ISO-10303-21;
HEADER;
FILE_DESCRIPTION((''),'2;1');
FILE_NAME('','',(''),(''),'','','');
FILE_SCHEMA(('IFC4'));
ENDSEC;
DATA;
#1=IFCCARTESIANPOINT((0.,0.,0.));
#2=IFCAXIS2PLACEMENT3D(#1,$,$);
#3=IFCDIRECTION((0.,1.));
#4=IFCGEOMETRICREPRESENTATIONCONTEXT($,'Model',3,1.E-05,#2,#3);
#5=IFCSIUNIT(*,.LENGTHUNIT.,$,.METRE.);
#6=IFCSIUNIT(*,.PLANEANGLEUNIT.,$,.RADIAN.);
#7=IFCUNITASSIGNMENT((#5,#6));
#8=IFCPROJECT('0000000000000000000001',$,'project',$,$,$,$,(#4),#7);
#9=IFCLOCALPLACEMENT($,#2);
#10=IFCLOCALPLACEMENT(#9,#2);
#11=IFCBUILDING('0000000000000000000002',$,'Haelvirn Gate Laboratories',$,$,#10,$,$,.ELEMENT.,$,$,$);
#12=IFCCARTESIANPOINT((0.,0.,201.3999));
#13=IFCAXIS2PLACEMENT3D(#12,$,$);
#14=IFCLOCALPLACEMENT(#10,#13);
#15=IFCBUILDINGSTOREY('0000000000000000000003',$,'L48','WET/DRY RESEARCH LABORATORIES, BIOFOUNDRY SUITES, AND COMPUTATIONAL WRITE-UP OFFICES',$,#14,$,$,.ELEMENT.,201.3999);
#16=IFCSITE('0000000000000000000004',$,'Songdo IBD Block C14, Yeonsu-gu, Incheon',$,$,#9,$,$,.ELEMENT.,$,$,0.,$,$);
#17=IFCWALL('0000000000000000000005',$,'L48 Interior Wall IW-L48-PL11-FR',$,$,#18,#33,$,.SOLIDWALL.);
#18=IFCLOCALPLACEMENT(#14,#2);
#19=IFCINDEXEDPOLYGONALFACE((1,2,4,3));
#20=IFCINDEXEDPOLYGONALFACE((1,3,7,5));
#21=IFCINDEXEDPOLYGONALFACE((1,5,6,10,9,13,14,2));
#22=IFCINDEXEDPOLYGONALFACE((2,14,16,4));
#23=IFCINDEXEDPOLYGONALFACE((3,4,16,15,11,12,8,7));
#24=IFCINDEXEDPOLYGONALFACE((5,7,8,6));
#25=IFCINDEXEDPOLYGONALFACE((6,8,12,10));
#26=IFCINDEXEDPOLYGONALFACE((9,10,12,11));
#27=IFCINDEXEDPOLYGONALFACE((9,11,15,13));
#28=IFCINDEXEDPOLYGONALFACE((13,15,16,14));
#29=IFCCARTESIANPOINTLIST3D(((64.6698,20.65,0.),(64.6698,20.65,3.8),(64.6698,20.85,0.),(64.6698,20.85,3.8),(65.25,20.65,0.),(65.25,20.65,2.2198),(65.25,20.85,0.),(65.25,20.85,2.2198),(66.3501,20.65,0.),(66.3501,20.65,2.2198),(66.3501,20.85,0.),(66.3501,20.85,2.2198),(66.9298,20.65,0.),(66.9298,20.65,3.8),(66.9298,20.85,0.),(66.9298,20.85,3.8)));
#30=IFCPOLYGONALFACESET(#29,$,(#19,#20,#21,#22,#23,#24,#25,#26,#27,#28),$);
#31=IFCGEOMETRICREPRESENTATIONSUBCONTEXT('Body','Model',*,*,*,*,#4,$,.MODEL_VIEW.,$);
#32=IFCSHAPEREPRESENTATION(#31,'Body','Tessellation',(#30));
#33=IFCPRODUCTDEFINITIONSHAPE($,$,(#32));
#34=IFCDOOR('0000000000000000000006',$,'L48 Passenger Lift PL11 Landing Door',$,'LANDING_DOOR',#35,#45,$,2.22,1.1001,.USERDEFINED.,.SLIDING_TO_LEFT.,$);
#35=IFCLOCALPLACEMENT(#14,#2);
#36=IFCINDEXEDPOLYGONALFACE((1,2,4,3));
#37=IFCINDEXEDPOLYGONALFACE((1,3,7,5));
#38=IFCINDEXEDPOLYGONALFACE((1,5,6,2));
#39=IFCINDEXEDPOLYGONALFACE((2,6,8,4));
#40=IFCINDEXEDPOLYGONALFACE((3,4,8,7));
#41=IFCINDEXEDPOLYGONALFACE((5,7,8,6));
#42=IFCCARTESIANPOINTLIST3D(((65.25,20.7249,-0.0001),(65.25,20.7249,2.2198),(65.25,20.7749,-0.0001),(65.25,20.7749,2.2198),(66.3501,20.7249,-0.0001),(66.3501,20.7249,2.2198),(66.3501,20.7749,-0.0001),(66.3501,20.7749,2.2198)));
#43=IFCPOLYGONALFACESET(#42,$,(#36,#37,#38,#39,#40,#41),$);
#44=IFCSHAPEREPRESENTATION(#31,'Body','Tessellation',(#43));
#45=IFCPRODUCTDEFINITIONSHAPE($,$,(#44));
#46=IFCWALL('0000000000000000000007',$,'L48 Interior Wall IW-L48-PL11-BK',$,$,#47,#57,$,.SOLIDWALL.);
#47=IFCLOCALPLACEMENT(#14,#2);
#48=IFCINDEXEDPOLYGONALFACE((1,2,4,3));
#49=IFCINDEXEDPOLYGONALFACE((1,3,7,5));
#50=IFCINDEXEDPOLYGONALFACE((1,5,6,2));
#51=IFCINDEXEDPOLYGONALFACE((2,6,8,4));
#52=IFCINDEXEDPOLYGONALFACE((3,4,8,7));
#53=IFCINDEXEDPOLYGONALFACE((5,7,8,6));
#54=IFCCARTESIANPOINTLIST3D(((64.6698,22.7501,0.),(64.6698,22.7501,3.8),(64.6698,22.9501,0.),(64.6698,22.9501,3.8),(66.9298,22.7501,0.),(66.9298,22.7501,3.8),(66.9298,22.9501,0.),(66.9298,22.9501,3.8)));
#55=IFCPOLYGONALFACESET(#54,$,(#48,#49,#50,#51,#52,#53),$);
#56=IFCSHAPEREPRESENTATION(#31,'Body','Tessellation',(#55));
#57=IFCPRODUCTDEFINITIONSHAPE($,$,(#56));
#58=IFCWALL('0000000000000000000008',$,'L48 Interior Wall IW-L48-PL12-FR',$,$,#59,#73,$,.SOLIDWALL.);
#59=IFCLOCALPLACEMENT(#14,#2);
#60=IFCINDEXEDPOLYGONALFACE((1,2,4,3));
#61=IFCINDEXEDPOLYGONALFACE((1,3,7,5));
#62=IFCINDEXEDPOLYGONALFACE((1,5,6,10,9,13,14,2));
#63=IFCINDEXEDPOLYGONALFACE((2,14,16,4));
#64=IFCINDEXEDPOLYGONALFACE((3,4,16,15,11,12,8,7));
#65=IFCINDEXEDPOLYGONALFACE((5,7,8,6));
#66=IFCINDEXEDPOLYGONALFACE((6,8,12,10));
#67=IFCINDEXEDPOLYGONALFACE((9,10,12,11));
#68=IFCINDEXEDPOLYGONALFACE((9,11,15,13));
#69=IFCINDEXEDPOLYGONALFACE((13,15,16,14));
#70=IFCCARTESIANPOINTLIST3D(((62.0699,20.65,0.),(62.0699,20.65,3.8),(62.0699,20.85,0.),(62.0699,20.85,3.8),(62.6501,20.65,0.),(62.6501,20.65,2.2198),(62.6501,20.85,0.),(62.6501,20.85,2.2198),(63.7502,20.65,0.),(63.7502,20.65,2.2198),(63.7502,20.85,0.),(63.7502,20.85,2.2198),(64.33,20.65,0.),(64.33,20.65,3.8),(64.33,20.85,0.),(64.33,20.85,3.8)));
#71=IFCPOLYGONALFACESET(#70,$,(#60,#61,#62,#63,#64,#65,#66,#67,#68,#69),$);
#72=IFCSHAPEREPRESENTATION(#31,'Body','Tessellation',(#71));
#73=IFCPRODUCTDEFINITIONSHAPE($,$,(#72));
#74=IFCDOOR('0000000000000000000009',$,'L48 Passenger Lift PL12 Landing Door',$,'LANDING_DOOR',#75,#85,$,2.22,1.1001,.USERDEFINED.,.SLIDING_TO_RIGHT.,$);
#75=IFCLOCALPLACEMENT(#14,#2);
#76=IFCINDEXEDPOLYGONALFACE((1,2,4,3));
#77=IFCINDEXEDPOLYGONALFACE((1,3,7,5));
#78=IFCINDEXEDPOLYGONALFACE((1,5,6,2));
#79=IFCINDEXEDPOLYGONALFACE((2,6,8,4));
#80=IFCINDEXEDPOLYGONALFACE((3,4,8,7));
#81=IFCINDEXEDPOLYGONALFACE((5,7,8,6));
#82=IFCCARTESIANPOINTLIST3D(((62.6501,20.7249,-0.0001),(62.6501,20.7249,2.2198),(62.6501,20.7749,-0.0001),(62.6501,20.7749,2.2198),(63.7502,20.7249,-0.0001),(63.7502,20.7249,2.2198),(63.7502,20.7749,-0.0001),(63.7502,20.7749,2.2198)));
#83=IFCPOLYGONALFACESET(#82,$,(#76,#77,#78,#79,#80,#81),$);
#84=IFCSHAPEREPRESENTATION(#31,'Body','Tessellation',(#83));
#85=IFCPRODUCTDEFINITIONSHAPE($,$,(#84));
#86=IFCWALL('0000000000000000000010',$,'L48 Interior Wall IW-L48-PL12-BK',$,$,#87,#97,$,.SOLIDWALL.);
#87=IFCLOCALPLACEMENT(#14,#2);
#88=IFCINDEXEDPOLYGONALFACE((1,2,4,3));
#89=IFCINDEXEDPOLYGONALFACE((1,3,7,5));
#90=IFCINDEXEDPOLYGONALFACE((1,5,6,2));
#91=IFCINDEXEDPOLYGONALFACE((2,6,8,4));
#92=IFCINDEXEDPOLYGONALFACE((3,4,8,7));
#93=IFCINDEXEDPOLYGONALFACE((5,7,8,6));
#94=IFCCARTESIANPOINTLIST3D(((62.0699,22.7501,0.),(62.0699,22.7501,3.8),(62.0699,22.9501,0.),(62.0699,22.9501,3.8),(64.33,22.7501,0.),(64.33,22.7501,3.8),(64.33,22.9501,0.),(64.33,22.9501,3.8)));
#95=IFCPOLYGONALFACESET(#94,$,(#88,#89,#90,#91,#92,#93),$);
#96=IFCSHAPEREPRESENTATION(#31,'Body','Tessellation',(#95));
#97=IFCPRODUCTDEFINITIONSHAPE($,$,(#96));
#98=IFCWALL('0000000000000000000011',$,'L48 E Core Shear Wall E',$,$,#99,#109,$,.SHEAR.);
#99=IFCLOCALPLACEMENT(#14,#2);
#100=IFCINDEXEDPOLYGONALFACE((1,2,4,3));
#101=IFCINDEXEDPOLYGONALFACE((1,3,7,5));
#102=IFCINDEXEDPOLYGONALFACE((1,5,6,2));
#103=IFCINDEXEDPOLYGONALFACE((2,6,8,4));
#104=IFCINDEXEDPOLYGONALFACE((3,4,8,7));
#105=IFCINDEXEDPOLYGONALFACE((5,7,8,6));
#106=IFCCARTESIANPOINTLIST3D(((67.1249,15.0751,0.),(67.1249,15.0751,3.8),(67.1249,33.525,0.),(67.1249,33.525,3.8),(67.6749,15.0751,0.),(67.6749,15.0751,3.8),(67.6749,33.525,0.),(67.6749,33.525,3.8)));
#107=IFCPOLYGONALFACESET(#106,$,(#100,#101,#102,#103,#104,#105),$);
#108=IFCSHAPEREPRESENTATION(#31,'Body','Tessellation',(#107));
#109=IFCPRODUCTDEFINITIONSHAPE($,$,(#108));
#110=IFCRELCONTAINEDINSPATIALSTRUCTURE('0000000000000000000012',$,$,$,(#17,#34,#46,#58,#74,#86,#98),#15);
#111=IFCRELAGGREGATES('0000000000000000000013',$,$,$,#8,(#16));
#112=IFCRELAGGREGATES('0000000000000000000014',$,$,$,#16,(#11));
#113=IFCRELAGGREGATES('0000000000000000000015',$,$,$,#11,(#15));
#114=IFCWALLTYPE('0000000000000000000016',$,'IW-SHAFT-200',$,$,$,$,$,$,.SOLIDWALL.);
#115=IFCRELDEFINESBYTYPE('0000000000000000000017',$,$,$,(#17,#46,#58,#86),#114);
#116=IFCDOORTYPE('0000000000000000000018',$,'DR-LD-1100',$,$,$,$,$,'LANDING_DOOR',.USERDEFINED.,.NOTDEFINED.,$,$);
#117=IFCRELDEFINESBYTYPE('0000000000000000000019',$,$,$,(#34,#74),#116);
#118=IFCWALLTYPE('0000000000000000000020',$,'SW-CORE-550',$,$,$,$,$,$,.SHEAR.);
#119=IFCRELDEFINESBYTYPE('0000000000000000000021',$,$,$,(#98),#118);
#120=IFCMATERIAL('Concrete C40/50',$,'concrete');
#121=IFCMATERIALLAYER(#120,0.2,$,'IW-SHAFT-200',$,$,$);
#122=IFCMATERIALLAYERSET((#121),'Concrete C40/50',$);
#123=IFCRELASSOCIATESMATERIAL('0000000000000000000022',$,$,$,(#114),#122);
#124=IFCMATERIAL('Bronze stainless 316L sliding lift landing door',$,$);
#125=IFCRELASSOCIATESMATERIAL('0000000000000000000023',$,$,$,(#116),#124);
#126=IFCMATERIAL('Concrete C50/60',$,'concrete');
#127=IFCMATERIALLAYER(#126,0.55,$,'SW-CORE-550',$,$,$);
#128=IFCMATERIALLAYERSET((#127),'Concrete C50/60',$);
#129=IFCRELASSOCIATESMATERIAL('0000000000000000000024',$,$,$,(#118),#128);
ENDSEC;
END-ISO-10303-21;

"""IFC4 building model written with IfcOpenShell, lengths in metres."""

from ifc_helpers import new_model, si_unit, direction, frame, frame_2d, origin, place, context, subcontext, project, spatial, rectangle, extrude, source, transform, mapped, material, layer, layer_set, type_object, type_shapes, element, fill, save


model = new_model("IFC4")

# Units and contexts
model_context = context("Model", 3, precision=1e-05, world=origin(), true_north=direction((0.0, 1.0)))
body_context = subcontext(model_context, "Body", "Model", "MODEL_VIEW")
ifc_project = project(units=[si_unit("LENGTHUNIT", "METRE"), si_unit("PLANEANGLEUNIT", "RADIAN")], contexts=[model_context])

# Site, building, storey
site_placement = place(None, origin())
site = spatial("IfcSite", under=ifc_project, at=site_placement, Name="Songdo IBD Block C14, Yeonsu-gu, Incheon", CompositionType="ELEMENT", RefElevation=0.0)
building_placement = place(site_placement, origin())
building = spatial("IfcBuilding", under=site, at=building_placement, Name="Haelvirn Gate Laboratories", CompositionType="ELEMENT")
storey_placement = place(building_placement, frame((0.0, 0.0, 201.3999)))
storey = spatial("IfcBuildingStorey", under=building, at=storey_placement, Name="L48", Description="WET/DRY RESEARCH LABORATORIES, BIOFOUNDRY SUITES, AND COMPUTATIONAL WRITE-UP OFFICES", CompositionType="ELEMENT", Elevation=201.3999)

# Shared definitions
ifc_material_1 = material(Name="Concrete C50/60", Category="concrete")

# Shared definitions
ifc_material_2 = material(Name="Concrete C40/50", Category="concrete")

# Shared definitions
ifc_layer_1 = layer(ifc_material_2, 0.2, Name="IW-SHAFT-200")
ifc_layer_set_1 = layer_set([ifc_layer_1], Name="Concrete C40/50")
wall_type_1 = type_object("IfcWallType", Name="IW-SHAFT-200", PredefinedType="SOLIDWALL", material=ifc_layer_set_1)

# Wall, opening, door
wall_1_placement = place(storey_placement, frame((64.6699, 20.75, 0.0), z_axis=(0.0, 0.0, 1.0), x_axis=(1.0, 0.0, 0.0)))
wall_1 = element("IfcWall", 1, at=wall_1_placement, inside=storey, type_object=wall_type_1, Name="L48 Interior Wall IW-L48-PL11-FR", PredefinedType="SOLIDWALL", context=body_context, shape_type="SweptSolid", body=[
    extrude(rectangle(XDim=2.26, YDim=0.2, at=frame_2d((1.1299, 0.0))), origin(), (0.0, 0.0, 1.0), 3.8),
])
opening_1_placement = place(wall_1_placement, frame((0.5801, 0.0, 0.0)))
opening_1 = element("IfcOpeningElement", 2, at=opening_1_placement, cuts=wall_1, PredefinedType="OPENING", context=body_context, shape_type="SweptSolid", body=[
    extrude(rectangle(XDim=1.1001, YDim=2.22, at=frame_2d((0.55, 1.1099))), frame((0.0, 0.1099, 0.0), z_axis=(0.0, -1.0, 0.0), x_axis=(1.0, 0.0, 0.0)), (0.0, 0.0, 1.0), 0.22),
])
ifc_material_3 = material(Name="Bronze stainless 316L sliding lift landing door")
door_type_1 = type_object("IfcDoorType", Name="DR-LD-1100", ElementType="LANDING_DOOR", OperationType="NOTDEFINED", PredefinedType="USERDEFINED", material=ifc_material_3)
shared_shape_1 = source(origin(), body_context, "Body", "SweptSolid", [
    extrude(rectangle(XDim=1.1001, YDim=2.22, at=frame_2d((0.55, 1.1099))), frame((0.0, 0.0249, 0.0), z_axis=(0.0, -1.0, 0.0), x_axis=(1.0, 0.0, 0.0)), (0.0, 0.0, 1.0), 0.05),
])
type_shapes(door_type_1, [shared_shape_1])
door_1_placement = place(opening_1_placement, origin())
door_1 = element("IfcDoor", 3, at=door_1_placement, inside=storey, type_object=door_type_1, Name="L48 Passenger Lift PL11 Landing Door", ObjectType="LANDING_DOOR", OperationType="SLIDING_TO_LEFT", OverallHeight=2.22, OverallWidth=1.1001, PredefinedType="USERDEFINED", context=body_context, shape_type="MappedRepresentation", body=[
    mapped(shared_shape_1, transform((0.0, 0.0, 0.0), scale=1.0)),
])
fill(opening_1, door_1)

# Wall
wall_2_placement = place(storey_placement, frame((64.6699, 22.8501, 0.0), z_axis=(0.0, 0.0, 1.0), x_axis=(1.0, 0.0, 0.0)))
element("IfcWall", 4, at=wall_2_placement, inside=storey, type_object=wall_type_1, Name="L48 Interior Wall IW-L48-PL11-BK", PredefinedType="SOLIDWALL", context=body_context, shape_type="SweptSolid", body=[
    extrude(rectangle(XDim=2.26, YDim=0.2, at=frame_2d((1.1299, 0.0))), origin(), (0.0, 0.0, 1.0), 3.8),
])

# Wall, opening, door
wall_3_placement = place(storey_placement, frame((62.0701, 20.75, 0.0), z_axis=(0.0, 0.0, 1.0), x_axis=(1.0, 0.0, 0.0)))
wall_3 = element("IfcWall", 5, at=wall_3_placement, inside=storey, type_object=wall_type_1, Name="L48 Interior Wall IW-L48-PL12-FR", PredefinedType="SOLIDWALL", context=body_context, shape_type="SweptSolid", body=[
    extrude(rectangle(XDim=2.26, YDim=0.2, at=frame_2d((1.1299, 0.0))), origin(), (0.0, 0.0, 1.0), 3.8),
])
opening_2_placement = place(wall_3_placement, frame((0.5801, 0.0, 0.0)))
opening_2 = element("IfcOpeningElement", 6, at=opening_2_placement, cuts=wall_3, PredefinedType="OPENING", context=body_context, shape_type="SweptSolid", body=[
    extrude(rectangle(XDim=1.1001, YDim=2.22, at=frame_2d((0.55, 1.1099))), frame((0.0, 0.1099, 0.0), z_axis=(0.0, -1.0, 0.0), x_axis=(1.0, 0.0, 0.0)), (0.0, 0.0, 1.0), 0.22),
])
door_2_placement = place(opening_2_placement, origin())
door_2 = element("IfcDoor", 7, at=door_2_placement, inside=storey, type_object=door_type_1, Name="L48 Passenger Lift PL12 Landing Door", ObjectType="LANDING_DOOR", OperationType="SLIDING_TO_RIGHT", OverallHeight=2.22, OverallWidth=1.1001, PredefinedType="USERDEFINED", context=body_context, shape_type="MappedRepresentation", body=[
    mapped(shared_shape_1, transform((0.0, 0.0, 0.0), scale=1.0)),
])
fill(opening_2, door_2)

# Walls
wall_4_placement = place(storey_placement, frame((62.0701, 22.8501, 0.0), z_axis=(0.0, 0.0, 1.0), x_axis=(1.0, 0.0, 0.0)))
element("IfcWall", 8, at=wall_4_placement, inside=storey, type_object=wall_type_1, Name="L48 Interior Wall IW-L48-PL12-BK", PredefinedType="SOLIDWALL", context=body_context, shape_type="SweptSolid", body=[
    extrude(rectangle(XDim=2.26, YDim=0.2, at=frame_2d((1.1299, 0.0))), origin(), (0.0, 0.0, 1.0), 3.8),
])
ifc_layer_2 = layer(ifc_material_1, 0.55, Name="SW-CORE-550")
ifc_layer_set_2 = layer_set([ifc_layer_2], Name="Concrete C50/60")
wall_type_2 = type_object("IfcWallType", Name="SW-CORE-550", PredefinedType="SHEAR", material=ifc_layer_set_2)
wall_5_placement = place(storey_placement, frame((67.3999, 15.075, 0.0), z_axis=(0.0, 0.0, 1.0), x_axis=(0.0, 1.0, 0.0)))
element("IfcWall", 9, at=wall_5_placement, inside=storey, type_object=wall_type_2, Name="L48 E Core Shear Wall E", PredefinedType="SHEAR", context=body_context, shape_type="SweptSolid", body=[
    extrude(rectangle(XDim=18.45, YDim=0.55, at=frame_2d((9.2251, 0.0))), origin(), (0.0, 0.0, 1.0), 3.8),
])

save(model, "model.ifc")
